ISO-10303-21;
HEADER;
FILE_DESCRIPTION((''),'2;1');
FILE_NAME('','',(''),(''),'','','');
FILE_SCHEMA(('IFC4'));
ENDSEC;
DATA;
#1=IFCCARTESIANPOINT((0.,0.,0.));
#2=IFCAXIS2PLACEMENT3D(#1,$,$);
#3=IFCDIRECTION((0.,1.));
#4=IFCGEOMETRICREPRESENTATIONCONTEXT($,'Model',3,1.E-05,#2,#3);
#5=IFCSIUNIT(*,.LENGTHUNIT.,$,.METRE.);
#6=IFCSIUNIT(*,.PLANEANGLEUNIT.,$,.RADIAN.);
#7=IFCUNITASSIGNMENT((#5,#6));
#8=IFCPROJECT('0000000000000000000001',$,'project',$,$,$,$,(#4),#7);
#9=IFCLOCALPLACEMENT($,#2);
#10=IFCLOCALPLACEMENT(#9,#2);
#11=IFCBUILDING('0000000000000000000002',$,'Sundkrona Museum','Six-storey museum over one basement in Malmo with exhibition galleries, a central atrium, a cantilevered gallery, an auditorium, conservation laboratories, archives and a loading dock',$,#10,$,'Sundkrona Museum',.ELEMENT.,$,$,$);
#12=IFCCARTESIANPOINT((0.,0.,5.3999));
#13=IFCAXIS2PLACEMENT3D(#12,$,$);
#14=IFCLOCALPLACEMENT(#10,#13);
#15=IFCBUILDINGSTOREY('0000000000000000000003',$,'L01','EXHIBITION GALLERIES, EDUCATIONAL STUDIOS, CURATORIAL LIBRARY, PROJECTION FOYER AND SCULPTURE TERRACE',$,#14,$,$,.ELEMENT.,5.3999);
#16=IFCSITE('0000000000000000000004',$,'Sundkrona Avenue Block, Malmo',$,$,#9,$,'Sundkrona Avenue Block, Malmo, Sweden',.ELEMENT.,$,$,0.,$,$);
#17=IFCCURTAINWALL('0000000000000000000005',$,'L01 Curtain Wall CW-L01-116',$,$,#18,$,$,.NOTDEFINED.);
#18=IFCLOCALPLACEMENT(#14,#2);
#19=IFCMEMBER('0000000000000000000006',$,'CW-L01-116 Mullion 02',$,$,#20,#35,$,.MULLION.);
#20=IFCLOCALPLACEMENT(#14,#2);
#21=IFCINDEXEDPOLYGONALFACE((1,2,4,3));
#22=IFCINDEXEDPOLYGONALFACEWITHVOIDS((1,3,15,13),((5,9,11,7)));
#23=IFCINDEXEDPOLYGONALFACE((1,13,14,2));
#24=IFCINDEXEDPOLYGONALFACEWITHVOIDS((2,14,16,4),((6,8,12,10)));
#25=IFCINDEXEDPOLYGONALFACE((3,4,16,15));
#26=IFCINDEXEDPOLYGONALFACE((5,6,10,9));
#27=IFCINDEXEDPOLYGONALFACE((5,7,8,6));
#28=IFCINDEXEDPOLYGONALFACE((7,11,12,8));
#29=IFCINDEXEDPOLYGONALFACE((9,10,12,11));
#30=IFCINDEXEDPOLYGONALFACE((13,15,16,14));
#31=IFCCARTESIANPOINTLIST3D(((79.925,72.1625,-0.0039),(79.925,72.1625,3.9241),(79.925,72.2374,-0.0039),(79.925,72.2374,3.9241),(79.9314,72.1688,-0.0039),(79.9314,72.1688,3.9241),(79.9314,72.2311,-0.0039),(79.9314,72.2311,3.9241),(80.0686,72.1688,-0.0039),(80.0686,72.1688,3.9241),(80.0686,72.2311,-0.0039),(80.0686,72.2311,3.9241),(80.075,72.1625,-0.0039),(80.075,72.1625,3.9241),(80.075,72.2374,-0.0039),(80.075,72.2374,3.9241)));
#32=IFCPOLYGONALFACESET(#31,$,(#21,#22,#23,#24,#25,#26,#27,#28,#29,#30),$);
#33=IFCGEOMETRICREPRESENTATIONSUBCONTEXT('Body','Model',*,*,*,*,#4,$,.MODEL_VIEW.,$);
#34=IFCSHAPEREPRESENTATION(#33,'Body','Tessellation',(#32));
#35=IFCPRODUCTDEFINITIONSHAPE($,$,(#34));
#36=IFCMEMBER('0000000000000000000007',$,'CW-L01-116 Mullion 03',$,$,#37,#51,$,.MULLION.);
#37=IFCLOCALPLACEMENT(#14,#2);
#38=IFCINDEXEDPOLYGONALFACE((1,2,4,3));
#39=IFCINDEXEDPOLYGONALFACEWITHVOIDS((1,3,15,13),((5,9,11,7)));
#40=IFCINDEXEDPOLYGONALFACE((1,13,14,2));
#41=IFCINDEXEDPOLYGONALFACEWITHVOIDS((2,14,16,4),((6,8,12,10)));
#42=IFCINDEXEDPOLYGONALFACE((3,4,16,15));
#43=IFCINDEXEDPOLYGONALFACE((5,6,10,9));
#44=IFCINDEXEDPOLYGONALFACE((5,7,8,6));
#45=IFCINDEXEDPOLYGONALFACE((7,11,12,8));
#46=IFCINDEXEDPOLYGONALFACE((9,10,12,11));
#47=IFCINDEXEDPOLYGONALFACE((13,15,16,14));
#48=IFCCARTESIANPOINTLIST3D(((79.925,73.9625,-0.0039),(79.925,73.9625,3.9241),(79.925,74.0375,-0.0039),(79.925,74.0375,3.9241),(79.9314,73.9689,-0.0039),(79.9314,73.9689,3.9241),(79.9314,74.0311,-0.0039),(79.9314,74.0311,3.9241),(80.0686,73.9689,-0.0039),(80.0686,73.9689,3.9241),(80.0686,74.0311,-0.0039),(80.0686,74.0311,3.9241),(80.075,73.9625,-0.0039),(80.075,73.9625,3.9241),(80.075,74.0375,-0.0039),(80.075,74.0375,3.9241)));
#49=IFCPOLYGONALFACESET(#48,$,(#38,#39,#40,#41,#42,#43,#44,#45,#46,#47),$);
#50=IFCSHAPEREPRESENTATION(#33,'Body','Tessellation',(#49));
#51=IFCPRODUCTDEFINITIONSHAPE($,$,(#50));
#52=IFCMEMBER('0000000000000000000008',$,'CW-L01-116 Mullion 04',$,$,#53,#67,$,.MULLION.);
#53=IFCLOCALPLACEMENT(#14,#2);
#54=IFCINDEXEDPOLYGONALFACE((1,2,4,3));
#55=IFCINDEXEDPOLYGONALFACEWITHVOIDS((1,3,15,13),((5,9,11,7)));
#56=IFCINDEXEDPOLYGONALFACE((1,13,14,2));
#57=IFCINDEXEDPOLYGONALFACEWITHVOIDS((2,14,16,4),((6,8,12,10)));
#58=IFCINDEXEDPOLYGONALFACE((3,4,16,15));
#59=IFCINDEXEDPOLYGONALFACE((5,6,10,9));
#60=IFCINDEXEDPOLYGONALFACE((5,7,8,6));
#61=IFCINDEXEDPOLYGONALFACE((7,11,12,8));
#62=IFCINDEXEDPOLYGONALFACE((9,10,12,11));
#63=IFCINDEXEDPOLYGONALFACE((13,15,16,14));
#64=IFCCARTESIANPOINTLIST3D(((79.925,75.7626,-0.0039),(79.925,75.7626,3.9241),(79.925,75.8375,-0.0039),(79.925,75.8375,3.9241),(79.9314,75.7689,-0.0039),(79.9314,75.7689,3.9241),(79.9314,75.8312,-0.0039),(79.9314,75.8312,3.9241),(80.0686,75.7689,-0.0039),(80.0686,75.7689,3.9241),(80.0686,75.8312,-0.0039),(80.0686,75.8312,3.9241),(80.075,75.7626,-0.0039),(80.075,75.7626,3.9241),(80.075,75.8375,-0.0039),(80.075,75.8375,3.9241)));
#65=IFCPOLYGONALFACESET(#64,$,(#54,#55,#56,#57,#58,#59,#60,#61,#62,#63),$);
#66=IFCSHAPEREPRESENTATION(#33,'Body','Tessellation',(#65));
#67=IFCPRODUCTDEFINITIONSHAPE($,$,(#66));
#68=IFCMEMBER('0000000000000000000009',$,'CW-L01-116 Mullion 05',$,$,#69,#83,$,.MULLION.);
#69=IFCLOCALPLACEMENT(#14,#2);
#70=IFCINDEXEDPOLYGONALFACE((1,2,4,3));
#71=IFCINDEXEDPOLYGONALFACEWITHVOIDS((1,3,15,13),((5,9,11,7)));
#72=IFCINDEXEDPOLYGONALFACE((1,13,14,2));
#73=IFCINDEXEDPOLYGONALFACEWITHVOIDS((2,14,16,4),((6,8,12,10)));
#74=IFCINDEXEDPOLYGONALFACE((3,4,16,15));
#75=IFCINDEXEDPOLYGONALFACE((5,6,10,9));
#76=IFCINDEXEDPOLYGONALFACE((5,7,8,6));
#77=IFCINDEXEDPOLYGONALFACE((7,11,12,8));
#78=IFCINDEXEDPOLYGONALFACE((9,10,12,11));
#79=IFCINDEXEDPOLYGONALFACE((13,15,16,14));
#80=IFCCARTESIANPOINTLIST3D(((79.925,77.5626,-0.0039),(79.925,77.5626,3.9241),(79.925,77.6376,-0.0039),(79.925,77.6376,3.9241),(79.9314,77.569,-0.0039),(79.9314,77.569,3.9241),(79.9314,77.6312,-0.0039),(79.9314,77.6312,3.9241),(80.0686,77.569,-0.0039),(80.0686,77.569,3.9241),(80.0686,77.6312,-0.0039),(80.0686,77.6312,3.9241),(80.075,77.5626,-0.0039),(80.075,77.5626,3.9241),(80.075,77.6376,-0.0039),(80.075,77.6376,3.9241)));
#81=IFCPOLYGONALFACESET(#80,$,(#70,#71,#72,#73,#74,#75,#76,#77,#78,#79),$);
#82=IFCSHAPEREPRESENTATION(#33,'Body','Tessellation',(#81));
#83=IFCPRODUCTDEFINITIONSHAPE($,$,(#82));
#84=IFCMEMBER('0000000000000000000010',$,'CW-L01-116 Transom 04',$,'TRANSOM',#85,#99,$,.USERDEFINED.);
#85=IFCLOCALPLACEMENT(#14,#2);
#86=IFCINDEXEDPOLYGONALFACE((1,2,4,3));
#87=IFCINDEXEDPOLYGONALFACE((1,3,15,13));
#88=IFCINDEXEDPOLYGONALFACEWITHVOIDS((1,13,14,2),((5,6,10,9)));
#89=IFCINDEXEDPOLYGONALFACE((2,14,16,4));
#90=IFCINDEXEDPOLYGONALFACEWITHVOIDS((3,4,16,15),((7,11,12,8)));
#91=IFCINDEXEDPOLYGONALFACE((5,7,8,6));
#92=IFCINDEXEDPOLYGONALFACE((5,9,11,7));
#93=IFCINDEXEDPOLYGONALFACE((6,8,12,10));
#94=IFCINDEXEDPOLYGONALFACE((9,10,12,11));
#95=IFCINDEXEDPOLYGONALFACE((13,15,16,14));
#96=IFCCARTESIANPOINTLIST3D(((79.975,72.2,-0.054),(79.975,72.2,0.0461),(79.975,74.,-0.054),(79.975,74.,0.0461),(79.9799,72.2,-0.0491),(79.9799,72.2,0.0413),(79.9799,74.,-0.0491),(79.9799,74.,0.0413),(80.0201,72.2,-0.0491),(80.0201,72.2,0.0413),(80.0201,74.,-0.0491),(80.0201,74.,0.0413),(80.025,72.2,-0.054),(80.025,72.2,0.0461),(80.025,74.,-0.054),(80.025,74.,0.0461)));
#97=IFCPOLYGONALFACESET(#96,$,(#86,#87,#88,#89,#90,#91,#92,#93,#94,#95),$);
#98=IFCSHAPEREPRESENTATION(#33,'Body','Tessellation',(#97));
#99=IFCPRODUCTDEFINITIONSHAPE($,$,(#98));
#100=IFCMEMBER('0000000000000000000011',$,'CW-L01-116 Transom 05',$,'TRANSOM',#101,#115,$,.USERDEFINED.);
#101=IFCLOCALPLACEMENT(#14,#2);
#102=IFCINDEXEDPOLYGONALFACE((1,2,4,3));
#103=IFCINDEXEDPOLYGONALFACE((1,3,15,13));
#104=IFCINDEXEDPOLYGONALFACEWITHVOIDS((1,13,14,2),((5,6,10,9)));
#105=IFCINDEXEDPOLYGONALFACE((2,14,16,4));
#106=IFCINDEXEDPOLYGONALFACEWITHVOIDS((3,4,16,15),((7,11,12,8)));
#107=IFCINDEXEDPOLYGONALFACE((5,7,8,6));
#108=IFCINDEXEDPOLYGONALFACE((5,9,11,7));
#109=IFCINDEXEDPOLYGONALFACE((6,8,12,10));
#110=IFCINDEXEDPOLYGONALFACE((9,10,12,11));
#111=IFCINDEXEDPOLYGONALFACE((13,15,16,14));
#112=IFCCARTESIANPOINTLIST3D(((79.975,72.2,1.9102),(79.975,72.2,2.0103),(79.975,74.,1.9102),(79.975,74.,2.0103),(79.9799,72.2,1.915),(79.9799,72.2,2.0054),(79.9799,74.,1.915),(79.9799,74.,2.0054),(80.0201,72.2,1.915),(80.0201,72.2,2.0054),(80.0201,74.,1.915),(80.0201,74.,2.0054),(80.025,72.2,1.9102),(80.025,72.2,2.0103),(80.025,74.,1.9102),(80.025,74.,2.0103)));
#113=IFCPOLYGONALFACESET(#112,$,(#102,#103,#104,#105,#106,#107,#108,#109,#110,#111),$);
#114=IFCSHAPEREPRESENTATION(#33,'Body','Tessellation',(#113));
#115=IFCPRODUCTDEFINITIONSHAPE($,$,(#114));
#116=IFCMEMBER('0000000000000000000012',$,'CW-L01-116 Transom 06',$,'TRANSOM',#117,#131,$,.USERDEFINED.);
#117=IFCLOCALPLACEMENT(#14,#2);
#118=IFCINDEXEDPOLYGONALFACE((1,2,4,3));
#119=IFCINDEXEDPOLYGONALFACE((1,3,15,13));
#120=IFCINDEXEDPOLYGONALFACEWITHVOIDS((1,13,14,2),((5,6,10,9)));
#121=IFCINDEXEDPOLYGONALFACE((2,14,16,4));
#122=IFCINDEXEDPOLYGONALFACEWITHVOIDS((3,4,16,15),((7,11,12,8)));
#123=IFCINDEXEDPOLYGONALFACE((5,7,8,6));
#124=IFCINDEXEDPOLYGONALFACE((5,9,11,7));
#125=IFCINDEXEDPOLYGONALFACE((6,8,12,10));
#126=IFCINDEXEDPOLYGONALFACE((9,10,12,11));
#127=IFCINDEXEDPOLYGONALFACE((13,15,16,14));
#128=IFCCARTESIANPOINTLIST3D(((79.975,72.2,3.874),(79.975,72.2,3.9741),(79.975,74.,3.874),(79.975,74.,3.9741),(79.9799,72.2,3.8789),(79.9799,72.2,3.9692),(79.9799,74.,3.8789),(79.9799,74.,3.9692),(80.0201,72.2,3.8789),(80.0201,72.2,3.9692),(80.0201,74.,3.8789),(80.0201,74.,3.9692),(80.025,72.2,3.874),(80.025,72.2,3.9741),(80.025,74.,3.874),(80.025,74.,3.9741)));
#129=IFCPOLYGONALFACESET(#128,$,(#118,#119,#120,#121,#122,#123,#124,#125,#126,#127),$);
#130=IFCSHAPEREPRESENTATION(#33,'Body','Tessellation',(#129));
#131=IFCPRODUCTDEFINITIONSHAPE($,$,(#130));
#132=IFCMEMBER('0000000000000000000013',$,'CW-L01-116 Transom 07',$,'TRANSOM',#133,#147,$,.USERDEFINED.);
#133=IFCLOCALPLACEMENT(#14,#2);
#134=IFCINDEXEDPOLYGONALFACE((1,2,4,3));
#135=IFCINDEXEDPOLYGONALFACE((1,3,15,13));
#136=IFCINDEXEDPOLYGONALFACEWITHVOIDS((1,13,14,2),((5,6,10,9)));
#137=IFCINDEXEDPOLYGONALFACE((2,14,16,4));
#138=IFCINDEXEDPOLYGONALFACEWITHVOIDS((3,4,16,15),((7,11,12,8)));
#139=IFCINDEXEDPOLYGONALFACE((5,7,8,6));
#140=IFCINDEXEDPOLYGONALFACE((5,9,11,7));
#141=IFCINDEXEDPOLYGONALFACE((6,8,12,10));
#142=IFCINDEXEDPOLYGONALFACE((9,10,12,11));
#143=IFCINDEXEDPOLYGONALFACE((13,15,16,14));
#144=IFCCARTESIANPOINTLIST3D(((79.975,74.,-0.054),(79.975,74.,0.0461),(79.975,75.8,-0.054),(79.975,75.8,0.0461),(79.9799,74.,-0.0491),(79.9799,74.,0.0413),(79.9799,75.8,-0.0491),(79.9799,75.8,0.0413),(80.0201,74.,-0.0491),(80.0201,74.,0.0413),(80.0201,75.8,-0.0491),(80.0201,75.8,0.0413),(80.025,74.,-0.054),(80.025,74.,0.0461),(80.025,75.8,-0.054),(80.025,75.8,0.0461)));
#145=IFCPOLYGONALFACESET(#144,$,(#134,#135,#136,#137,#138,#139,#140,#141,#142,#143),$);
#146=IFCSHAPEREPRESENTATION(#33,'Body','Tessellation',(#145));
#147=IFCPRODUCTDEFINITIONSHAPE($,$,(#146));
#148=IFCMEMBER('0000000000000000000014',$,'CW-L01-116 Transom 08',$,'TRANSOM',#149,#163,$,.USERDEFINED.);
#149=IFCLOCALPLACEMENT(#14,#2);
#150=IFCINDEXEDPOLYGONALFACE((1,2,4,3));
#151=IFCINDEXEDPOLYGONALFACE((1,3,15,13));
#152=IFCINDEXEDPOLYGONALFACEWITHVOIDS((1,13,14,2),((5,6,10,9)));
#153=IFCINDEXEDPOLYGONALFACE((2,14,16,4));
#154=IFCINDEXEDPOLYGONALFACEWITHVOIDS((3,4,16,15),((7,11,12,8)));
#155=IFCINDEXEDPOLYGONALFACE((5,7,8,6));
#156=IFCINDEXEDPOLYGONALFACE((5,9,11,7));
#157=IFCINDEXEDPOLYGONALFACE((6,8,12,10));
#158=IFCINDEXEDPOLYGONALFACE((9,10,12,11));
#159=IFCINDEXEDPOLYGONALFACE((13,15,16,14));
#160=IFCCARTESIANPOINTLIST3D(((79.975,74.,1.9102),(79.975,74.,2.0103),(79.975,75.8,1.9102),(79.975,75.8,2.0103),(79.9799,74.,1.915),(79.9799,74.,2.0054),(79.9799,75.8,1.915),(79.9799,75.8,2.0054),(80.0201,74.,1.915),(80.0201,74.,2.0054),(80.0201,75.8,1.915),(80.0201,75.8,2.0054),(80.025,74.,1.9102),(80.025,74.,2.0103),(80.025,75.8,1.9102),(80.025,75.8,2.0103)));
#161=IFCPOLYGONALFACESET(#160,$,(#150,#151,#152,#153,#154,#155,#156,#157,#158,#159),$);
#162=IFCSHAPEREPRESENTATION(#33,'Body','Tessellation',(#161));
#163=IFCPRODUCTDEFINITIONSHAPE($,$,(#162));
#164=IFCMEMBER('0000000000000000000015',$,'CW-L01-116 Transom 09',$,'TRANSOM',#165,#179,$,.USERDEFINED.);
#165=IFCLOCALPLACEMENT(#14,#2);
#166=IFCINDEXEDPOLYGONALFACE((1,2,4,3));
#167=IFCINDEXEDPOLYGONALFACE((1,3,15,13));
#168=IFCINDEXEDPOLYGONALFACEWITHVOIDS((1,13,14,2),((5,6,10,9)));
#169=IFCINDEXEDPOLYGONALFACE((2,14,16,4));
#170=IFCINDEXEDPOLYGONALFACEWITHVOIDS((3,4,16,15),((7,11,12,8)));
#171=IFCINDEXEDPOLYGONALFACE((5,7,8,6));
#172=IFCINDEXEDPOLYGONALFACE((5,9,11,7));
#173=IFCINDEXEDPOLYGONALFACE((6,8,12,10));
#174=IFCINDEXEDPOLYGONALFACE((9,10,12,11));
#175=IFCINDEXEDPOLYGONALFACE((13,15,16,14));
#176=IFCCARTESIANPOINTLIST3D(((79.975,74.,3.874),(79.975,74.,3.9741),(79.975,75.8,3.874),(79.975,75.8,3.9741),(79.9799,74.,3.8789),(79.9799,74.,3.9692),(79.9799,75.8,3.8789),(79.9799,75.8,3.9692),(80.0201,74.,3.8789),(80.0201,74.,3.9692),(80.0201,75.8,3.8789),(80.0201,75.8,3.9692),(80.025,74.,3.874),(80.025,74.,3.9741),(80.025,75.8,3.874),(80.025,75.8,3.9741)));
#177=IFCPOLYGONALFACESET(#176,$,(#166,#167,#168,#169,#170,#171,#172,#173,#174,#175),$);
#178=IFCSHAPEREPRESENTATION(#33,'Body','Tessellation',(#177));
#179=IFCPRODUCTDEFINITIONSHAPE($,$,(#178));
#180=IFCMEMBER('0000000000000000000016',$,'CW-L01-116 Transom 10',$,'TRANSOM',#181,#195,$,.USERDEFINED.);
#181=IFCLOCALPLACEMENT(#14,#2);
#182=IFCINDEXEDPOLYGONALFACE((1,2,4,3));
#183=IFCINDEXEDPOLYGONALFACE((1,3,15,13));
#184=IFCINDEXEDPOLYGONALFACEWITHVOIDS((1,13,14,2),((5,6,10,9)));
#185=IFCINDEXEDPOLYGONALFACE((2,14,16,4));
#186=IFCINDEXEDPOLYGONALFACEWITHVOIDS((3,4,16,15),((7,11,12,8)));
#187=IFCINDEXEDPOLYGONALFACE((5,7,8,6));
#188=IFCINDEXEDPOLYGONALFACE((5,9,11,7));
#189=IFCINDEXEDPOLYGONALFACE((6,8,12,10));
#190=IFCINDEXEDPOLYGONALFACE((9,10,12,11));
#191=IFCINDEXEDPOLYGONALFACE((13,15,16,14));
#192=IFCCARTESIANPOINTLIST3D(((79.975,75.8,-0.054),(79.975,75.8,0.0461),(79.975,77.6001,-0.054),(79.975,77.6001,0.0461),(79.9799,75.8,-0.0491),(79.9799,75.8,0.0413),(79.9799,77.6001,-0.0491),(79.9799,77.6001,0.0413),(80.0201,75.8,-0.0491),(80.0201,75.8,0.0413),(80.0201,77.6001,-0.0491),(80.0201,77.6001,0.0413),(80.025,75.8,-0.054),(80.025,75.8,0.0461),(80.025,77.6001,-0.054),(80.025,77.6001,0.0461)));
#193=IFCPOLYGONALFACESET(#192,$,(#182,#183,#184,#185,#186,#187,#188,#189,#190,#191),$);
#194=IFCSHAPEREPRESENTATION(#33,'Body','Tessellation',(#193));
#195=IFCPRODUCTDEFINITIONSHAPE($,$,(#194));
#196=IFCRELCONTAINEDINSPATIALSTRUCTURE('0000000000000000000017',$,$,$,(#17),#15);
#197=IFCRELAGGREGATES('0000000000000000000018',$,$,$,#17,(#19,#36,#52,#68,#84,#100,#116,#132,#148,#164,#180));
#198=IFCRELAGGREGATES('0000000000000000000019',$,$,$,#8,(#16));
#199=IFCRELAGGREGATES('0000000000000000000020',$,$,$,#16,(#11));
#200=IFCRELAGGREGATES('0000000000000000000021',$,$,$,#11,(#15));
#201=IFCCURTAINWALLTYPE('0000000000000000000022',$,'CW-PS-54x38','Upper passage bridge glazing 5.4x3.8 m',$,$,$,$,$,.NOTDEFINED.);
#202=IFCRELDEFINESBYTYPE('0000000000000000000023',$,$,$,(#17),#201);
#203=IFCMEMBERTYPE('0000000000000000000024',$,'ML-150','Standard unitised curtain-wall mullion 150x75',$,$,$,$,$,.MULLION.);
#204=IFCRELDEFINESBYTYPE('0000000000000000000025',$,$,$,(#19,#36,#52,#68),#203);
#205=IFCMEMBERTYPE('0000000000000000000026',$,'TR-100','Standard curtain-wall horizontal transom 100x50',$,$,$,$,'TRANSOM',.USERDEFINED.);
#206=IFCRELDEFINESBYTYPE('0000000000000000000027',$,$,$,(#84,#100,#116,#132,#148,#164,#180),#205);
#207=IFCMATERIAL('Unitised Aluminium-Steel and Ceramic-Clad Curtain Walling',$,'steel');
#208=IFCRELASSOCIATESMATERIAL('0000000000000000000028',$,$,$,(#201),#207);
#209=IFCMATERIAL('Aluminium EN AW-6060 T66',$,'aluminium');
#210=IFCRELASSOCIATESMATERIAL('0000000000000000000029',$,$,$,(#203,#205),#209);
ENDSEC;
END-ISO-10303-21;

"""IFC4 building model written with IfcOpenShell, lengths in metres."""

from ifc_helpers import new_model, si_unit, direction, frame, origin, origin_2d, place, context, subcontext, project, spatial, hollow_rectangle, extrude, material, material_profile, profile_set, type_object, element, aggregate, save


model = new_model("IFC4")

# Units and contexts
model_context = context("Model", 3, precision=1e-05, world=origin(), true_north=direction((0.0, 1.0)))
body_context = subcontext(model_context, "Body", "Model", "MODEL_VIEW")
ifc_project = project(units=[si_unit("LENGTHUNIT", "METRE"), si_unit("PLANEANGLEUNIT", "RADIAN")], contexts=[model_context])

# Site, building, storey
site_placement = place(None, origin())
site = spatial("IfcSite", under=ifc_project, at=site_placement, Name="Sundkrona Avenue Block, Malmo", LongName="Sundkrona Avenue Block, Malmo, Sweden", CompositionType="ELEMENT", RefElevation=0.0)
building_placement = place(site_placement, origin())
building = spatial("IfcBuilding", under=site, at=building_placement, Name="Sundkrona Museum", Description="Six-storey museum over one basement in Malmo with exhibition galleries, a central atrium, a cantilevered gallery, an auditorium, conservation laboratories, archives and a loading dock", LongName="Sundkrona Museum", CompositionType="ELEMENT")
storey_placement = place(building_placement, frame((0.0, 0.0, 5.3999)))
storey = spatial("IfcBuildingStorey", under=building, at=storey_placement, Name="L01", Description="EXHIBITION GALLERIES, EDUCATIONAL STUDIOS, CURATORIAL LIBRARY, PROJECTION FOYER AND SCULPTURE TERRACE", CompositionType="ELEMENT", Elevation=5.3999)

# Curtain wall, members
ifc_material_1 = material(Name="Unitised Aluminium-Steel and Ceramic-Clad Curtain Walling", Category="steel")
curtain_wall_type = type_object("IfcCurtainWallType", Name="CW-PS-54x38", Description="Upper passage bridge glazing 5.4x3.8 m", PredefinedType="NOTDEFINED", material=ifc_material_1)
curtain_wall_placement = place(storey_placement, origin())
curtain_wall = element("IfcCurtainWall", 1, at=curtain_wall_placement, inside=storey, type_object=curtain_wall_type, Name="L01 Curtain Wall CW-L01-116", PredefinedType="NOTDEFINED")
ifc_material_2 = material(Name="Aluminium EN AW-6060 T66", Category="aluminium")
ifc_material_profile_1 = material_profile(ifc_material_2, hollow_rectangle(XDim=0.075, YDim=0.1499, WallThickness=0.0063, at=origin_2d()), Name="RHS 150x75x6.3")
ifc_profile_set_1 = profile_set([ifc_material_profile_1], Name="Aluminium EN AW-6060 T66")
member_type_1 = type_object("IfcMemberType", Name="ML-150", Description="Standard unitised curtain-wall mullion 150x75", PredefinedType="MULLION", material=ifc_profile_set_1)
member_1_placement = place(storey_placement, frame((80.0, 72.2, -0.0039), z_axis=(0.0, 0.0, 1.0), x_axis=(0.0, 1.0, 0.0)))
member_1 = element("IfcMember", 2, at=member_1_placement, type_object=member_type_1, Name="CW-L01-116 Mullion 02", PredefinedType="MULLION", context=body_context, shape_type="SweptSolid", body=[
    extrude(hollow_rectangle(XDim=0.075, YDim=0.1499, WallThickness=0.0063, at=origin_2d()), origin(), (0.0, 0.0, 1.0), 3.928),
])
member_2_placement = place(storey_placement, frame((80.0, 74.0, -0.0039), z_axis=(0.0, 0.0, 1.0), x_axis=(0.0, 1.0, 0.0)))
member_2 = element("IfcMember", 3, at=member_2_placement, type_object=member_type_1, Name="CW-L01-116 Mullion 03", PredefinedType="MULLION", context=body_context, shape_type="SweptSolid", body=[
    extrude(hollow_rectangle(XDim=0.075, YDim=0.1499, WallThickness=0.0063, at=origin_2d()), origin(), (0.0, 0.0, 1.0), 3.928),
])
member_3_placement = place(storey_placement, frame((80.0, 75.8, -0.0039), z_axis=(0.0, 0.0, 1.0), x_axis=(0.0, 1.0, 0.0)))
member_3 = element("IfcMember", 4, at=member_3_placement, type_object=member_type_1, Name="CW-L01-116 Mullion 04", PredefinedType="MULLION", context=body_context, shape_type="SweptSolid", body=[
    extrude(hollow_rectangle(XDim=0.075, YDim=0.1499, WallThickness=0.0063, at=origin_2d()), origin(), (0.0, 0.0, 1.0), 3.928),
])
member_4_placement = place(storey_placement, frame((80.0, 77.6001, -0.0039), z_axis=(0.0, 0.0, 1.0), x_axis=(0.0, 1.0, 0.0)))
member_4 = element("IfcMember", 5, at=member_4_placement, type_object=member_type_1, Name="CW-L01-116 Mullion 05", PredefinedType="MULLION", context=body_context, shape_type="SweptSolid", body=[
    extrude(hollow_rectangle(XDim=0.075, YDim=0.1499, WallThickness=0.0063, at=origin_2d()), origin(), (0.0, 0.0, 1.0), 3.928),
])
ifc_material_profile_2 = material_profile(ifc_material_2, hollow_rectangle(XDim=0.05, YDim=0.1001, WallThickness=0.0049, at=origin_2d()), Name="RHS 100x50x5.0")
ifc_profile_set_2 = profile_set([ifc_material_profile_2], Name="Aluminium EN AW-6060 T66")
member_type_2 = type_object("IfcMemberType", Name="TR-100", Description="Standard curtain-wall horizontal transom 100x50", ElementType="TRANSOM", PredefinedType="USERDEFINED", material=ifc_profile_set_2)
member_5_placement = place(storey_placement, frame((80.0, 72.2, -0.0039), z_axis=(0.0, 1.0, 0.0), x_axis=(-1.0, 0.0, 0.0)))
member_5 = element("IfcMember", 6, at=member_5_placement, type_object=member_type_2, Name="CW-L01-116 Transom 04", ObjectType="TRANSOM", PredefinedType="USERDEFINED", context=body_context, shape_type="SweptSolid", body=[
    extrude(hollow_rectangle(XDim=0.05, YDim=0.1001, WallThickness=0.0049, at=origin_2d()), origin(), (0.0, 0.0, 1.0), 1.8),
])
member_6_placement = place(storey_placement, frame((80.0, 72.2, 1.9602), z_axis=(0.0, 1.0, 0.0), x_axis=(-1.0, 0.0, 0.0)))
member_6 = element("IfcMember", 7, at=member_6_placement, type_object=member_type_2, Name="CW-L01-116 Transom 05", ObjectType="TRANSOM", PredefinedType="USERDEFINED", context=body_context, shape_type="SweptSolid", body=[
    extrude(hollow_rectangle(XDim=0.05, YDim=0.1001, WallThickness=0.0049, at=origin_2d()), origin(), (0.0, 0.0, 1.0), 1.8),
])
member_7_placement = place(storey_placement, frame((80.0, 72.2, 3.9241), z_axis=(0.0, 1.0, 0.0), x_axis=(-1.0, 0.0, 0.0)))
member_7 = element("IfcMember", 8, at=member_7_placement, type_object=member_type_2, Name="CW-L01-116 Transom 06", ObjectType="TRANSOM", PredefinedType="USERDEFINED", context=body_context, shape_type="SweptSolid", body=[
    extrude(hollow_rectangle(XDim=0.05, YDim=0.1001, WallThickness=0.0049, at=origin_2d()), origin(), (0.0, 0.0, 1.0), 1.8),
])
member_8_placement = place(storey_placement, frame((80.0, 74.0, -0.0039), z_axis=(0.0, 1.0, 0.0), x_axis=(-1.0, 0.0, 0.0)))
member_8 = element("IfcMember", 9, at=member_8_placement, type_object=member_type_2, Name="CW-L01-116 Transom 07", ObjectType="TRANSOM", PredefinedType="USERDEFINED", context=body_context, shape_type="SweptSolid", body=[
    extrude(hollow_rectangle(XDim=0.05, YDim=0.1001, WallThickness=0.0049, at=origin_2d()), origin(), (0.0, 0.0, 1.0), 1.8),
])
member_9_placement = place(storey_placement, frame((80.0, 74.0, 1.9602), z_axis=(0.0, 1.0, 0.0), x_axis=(-1.0, 0.0, 0.0)))
member_9 = element("IfcMember", 10, at=member_9_placement, type_object=member_type_2, Name="CW-L01-116 Transom 08", ObjectType="TRANSOM", PredefinedType="USERDEFINED", context=body_context, shape_type="SweptSolid", body=[
    extrude(hollow_rectangle(XDim=0.05, YDim=0.1001, WallThickness=0.0049, at=origin_2d()), origin(), (0.0, 0.0, 1.0), 1.8),
])
member_10_placement = place(storey_placement, frame((80.0, 74.0, 3.9241), z_axis=(0.0, 1.0, 0.0), x_axis=(-1.0, 0.0, 0.0)))
member_10 = element("IfcMember", 11, at=member_10_placement, type_object=member_type_2, Name="CW-L01-116 Transom 09", ObjectType="TRANSOM", PredefinedType="USERDEFINED", context=body_context, shape_type="SweptSolid", body=[
    extrude(hollow_rectangle(XDim=0.05, YDim=0.1001, WallThickness=0.0049, at=origin_2d()), origin(), (0.0, 0.0, 1.0), 1.8),
])
member_11_placement = place(storey_placement, frame((80.0, 75.8, -0.0039), z_axis=(0.0, 1.0, 0.0), x_axis=(-1.0, 0.0, 0.0)))
member_11 = element("IfcMember", 12, at=member_11_placement, type_object=member_type_2, Name="CW-L01-116 Transom 10", ObjectType="TRANSOM", PredefinedType="USERDEFINED", context=body_context, shape_type="SweptSolid", body=[
    extrude(hollow_rectangle(XDim=0.05, YDim=0.1001, WallThickness=0.0049, at=origin_2d()), origin(), (0.0, 0.0, 1.0), 1.8),
])
aggregate(curtain_wall, [member_1, member_2, member_3, member_4, member_5, member_6, member_7, member_8, member_9, member_10, member_11])

save(model, "model.ifc")
